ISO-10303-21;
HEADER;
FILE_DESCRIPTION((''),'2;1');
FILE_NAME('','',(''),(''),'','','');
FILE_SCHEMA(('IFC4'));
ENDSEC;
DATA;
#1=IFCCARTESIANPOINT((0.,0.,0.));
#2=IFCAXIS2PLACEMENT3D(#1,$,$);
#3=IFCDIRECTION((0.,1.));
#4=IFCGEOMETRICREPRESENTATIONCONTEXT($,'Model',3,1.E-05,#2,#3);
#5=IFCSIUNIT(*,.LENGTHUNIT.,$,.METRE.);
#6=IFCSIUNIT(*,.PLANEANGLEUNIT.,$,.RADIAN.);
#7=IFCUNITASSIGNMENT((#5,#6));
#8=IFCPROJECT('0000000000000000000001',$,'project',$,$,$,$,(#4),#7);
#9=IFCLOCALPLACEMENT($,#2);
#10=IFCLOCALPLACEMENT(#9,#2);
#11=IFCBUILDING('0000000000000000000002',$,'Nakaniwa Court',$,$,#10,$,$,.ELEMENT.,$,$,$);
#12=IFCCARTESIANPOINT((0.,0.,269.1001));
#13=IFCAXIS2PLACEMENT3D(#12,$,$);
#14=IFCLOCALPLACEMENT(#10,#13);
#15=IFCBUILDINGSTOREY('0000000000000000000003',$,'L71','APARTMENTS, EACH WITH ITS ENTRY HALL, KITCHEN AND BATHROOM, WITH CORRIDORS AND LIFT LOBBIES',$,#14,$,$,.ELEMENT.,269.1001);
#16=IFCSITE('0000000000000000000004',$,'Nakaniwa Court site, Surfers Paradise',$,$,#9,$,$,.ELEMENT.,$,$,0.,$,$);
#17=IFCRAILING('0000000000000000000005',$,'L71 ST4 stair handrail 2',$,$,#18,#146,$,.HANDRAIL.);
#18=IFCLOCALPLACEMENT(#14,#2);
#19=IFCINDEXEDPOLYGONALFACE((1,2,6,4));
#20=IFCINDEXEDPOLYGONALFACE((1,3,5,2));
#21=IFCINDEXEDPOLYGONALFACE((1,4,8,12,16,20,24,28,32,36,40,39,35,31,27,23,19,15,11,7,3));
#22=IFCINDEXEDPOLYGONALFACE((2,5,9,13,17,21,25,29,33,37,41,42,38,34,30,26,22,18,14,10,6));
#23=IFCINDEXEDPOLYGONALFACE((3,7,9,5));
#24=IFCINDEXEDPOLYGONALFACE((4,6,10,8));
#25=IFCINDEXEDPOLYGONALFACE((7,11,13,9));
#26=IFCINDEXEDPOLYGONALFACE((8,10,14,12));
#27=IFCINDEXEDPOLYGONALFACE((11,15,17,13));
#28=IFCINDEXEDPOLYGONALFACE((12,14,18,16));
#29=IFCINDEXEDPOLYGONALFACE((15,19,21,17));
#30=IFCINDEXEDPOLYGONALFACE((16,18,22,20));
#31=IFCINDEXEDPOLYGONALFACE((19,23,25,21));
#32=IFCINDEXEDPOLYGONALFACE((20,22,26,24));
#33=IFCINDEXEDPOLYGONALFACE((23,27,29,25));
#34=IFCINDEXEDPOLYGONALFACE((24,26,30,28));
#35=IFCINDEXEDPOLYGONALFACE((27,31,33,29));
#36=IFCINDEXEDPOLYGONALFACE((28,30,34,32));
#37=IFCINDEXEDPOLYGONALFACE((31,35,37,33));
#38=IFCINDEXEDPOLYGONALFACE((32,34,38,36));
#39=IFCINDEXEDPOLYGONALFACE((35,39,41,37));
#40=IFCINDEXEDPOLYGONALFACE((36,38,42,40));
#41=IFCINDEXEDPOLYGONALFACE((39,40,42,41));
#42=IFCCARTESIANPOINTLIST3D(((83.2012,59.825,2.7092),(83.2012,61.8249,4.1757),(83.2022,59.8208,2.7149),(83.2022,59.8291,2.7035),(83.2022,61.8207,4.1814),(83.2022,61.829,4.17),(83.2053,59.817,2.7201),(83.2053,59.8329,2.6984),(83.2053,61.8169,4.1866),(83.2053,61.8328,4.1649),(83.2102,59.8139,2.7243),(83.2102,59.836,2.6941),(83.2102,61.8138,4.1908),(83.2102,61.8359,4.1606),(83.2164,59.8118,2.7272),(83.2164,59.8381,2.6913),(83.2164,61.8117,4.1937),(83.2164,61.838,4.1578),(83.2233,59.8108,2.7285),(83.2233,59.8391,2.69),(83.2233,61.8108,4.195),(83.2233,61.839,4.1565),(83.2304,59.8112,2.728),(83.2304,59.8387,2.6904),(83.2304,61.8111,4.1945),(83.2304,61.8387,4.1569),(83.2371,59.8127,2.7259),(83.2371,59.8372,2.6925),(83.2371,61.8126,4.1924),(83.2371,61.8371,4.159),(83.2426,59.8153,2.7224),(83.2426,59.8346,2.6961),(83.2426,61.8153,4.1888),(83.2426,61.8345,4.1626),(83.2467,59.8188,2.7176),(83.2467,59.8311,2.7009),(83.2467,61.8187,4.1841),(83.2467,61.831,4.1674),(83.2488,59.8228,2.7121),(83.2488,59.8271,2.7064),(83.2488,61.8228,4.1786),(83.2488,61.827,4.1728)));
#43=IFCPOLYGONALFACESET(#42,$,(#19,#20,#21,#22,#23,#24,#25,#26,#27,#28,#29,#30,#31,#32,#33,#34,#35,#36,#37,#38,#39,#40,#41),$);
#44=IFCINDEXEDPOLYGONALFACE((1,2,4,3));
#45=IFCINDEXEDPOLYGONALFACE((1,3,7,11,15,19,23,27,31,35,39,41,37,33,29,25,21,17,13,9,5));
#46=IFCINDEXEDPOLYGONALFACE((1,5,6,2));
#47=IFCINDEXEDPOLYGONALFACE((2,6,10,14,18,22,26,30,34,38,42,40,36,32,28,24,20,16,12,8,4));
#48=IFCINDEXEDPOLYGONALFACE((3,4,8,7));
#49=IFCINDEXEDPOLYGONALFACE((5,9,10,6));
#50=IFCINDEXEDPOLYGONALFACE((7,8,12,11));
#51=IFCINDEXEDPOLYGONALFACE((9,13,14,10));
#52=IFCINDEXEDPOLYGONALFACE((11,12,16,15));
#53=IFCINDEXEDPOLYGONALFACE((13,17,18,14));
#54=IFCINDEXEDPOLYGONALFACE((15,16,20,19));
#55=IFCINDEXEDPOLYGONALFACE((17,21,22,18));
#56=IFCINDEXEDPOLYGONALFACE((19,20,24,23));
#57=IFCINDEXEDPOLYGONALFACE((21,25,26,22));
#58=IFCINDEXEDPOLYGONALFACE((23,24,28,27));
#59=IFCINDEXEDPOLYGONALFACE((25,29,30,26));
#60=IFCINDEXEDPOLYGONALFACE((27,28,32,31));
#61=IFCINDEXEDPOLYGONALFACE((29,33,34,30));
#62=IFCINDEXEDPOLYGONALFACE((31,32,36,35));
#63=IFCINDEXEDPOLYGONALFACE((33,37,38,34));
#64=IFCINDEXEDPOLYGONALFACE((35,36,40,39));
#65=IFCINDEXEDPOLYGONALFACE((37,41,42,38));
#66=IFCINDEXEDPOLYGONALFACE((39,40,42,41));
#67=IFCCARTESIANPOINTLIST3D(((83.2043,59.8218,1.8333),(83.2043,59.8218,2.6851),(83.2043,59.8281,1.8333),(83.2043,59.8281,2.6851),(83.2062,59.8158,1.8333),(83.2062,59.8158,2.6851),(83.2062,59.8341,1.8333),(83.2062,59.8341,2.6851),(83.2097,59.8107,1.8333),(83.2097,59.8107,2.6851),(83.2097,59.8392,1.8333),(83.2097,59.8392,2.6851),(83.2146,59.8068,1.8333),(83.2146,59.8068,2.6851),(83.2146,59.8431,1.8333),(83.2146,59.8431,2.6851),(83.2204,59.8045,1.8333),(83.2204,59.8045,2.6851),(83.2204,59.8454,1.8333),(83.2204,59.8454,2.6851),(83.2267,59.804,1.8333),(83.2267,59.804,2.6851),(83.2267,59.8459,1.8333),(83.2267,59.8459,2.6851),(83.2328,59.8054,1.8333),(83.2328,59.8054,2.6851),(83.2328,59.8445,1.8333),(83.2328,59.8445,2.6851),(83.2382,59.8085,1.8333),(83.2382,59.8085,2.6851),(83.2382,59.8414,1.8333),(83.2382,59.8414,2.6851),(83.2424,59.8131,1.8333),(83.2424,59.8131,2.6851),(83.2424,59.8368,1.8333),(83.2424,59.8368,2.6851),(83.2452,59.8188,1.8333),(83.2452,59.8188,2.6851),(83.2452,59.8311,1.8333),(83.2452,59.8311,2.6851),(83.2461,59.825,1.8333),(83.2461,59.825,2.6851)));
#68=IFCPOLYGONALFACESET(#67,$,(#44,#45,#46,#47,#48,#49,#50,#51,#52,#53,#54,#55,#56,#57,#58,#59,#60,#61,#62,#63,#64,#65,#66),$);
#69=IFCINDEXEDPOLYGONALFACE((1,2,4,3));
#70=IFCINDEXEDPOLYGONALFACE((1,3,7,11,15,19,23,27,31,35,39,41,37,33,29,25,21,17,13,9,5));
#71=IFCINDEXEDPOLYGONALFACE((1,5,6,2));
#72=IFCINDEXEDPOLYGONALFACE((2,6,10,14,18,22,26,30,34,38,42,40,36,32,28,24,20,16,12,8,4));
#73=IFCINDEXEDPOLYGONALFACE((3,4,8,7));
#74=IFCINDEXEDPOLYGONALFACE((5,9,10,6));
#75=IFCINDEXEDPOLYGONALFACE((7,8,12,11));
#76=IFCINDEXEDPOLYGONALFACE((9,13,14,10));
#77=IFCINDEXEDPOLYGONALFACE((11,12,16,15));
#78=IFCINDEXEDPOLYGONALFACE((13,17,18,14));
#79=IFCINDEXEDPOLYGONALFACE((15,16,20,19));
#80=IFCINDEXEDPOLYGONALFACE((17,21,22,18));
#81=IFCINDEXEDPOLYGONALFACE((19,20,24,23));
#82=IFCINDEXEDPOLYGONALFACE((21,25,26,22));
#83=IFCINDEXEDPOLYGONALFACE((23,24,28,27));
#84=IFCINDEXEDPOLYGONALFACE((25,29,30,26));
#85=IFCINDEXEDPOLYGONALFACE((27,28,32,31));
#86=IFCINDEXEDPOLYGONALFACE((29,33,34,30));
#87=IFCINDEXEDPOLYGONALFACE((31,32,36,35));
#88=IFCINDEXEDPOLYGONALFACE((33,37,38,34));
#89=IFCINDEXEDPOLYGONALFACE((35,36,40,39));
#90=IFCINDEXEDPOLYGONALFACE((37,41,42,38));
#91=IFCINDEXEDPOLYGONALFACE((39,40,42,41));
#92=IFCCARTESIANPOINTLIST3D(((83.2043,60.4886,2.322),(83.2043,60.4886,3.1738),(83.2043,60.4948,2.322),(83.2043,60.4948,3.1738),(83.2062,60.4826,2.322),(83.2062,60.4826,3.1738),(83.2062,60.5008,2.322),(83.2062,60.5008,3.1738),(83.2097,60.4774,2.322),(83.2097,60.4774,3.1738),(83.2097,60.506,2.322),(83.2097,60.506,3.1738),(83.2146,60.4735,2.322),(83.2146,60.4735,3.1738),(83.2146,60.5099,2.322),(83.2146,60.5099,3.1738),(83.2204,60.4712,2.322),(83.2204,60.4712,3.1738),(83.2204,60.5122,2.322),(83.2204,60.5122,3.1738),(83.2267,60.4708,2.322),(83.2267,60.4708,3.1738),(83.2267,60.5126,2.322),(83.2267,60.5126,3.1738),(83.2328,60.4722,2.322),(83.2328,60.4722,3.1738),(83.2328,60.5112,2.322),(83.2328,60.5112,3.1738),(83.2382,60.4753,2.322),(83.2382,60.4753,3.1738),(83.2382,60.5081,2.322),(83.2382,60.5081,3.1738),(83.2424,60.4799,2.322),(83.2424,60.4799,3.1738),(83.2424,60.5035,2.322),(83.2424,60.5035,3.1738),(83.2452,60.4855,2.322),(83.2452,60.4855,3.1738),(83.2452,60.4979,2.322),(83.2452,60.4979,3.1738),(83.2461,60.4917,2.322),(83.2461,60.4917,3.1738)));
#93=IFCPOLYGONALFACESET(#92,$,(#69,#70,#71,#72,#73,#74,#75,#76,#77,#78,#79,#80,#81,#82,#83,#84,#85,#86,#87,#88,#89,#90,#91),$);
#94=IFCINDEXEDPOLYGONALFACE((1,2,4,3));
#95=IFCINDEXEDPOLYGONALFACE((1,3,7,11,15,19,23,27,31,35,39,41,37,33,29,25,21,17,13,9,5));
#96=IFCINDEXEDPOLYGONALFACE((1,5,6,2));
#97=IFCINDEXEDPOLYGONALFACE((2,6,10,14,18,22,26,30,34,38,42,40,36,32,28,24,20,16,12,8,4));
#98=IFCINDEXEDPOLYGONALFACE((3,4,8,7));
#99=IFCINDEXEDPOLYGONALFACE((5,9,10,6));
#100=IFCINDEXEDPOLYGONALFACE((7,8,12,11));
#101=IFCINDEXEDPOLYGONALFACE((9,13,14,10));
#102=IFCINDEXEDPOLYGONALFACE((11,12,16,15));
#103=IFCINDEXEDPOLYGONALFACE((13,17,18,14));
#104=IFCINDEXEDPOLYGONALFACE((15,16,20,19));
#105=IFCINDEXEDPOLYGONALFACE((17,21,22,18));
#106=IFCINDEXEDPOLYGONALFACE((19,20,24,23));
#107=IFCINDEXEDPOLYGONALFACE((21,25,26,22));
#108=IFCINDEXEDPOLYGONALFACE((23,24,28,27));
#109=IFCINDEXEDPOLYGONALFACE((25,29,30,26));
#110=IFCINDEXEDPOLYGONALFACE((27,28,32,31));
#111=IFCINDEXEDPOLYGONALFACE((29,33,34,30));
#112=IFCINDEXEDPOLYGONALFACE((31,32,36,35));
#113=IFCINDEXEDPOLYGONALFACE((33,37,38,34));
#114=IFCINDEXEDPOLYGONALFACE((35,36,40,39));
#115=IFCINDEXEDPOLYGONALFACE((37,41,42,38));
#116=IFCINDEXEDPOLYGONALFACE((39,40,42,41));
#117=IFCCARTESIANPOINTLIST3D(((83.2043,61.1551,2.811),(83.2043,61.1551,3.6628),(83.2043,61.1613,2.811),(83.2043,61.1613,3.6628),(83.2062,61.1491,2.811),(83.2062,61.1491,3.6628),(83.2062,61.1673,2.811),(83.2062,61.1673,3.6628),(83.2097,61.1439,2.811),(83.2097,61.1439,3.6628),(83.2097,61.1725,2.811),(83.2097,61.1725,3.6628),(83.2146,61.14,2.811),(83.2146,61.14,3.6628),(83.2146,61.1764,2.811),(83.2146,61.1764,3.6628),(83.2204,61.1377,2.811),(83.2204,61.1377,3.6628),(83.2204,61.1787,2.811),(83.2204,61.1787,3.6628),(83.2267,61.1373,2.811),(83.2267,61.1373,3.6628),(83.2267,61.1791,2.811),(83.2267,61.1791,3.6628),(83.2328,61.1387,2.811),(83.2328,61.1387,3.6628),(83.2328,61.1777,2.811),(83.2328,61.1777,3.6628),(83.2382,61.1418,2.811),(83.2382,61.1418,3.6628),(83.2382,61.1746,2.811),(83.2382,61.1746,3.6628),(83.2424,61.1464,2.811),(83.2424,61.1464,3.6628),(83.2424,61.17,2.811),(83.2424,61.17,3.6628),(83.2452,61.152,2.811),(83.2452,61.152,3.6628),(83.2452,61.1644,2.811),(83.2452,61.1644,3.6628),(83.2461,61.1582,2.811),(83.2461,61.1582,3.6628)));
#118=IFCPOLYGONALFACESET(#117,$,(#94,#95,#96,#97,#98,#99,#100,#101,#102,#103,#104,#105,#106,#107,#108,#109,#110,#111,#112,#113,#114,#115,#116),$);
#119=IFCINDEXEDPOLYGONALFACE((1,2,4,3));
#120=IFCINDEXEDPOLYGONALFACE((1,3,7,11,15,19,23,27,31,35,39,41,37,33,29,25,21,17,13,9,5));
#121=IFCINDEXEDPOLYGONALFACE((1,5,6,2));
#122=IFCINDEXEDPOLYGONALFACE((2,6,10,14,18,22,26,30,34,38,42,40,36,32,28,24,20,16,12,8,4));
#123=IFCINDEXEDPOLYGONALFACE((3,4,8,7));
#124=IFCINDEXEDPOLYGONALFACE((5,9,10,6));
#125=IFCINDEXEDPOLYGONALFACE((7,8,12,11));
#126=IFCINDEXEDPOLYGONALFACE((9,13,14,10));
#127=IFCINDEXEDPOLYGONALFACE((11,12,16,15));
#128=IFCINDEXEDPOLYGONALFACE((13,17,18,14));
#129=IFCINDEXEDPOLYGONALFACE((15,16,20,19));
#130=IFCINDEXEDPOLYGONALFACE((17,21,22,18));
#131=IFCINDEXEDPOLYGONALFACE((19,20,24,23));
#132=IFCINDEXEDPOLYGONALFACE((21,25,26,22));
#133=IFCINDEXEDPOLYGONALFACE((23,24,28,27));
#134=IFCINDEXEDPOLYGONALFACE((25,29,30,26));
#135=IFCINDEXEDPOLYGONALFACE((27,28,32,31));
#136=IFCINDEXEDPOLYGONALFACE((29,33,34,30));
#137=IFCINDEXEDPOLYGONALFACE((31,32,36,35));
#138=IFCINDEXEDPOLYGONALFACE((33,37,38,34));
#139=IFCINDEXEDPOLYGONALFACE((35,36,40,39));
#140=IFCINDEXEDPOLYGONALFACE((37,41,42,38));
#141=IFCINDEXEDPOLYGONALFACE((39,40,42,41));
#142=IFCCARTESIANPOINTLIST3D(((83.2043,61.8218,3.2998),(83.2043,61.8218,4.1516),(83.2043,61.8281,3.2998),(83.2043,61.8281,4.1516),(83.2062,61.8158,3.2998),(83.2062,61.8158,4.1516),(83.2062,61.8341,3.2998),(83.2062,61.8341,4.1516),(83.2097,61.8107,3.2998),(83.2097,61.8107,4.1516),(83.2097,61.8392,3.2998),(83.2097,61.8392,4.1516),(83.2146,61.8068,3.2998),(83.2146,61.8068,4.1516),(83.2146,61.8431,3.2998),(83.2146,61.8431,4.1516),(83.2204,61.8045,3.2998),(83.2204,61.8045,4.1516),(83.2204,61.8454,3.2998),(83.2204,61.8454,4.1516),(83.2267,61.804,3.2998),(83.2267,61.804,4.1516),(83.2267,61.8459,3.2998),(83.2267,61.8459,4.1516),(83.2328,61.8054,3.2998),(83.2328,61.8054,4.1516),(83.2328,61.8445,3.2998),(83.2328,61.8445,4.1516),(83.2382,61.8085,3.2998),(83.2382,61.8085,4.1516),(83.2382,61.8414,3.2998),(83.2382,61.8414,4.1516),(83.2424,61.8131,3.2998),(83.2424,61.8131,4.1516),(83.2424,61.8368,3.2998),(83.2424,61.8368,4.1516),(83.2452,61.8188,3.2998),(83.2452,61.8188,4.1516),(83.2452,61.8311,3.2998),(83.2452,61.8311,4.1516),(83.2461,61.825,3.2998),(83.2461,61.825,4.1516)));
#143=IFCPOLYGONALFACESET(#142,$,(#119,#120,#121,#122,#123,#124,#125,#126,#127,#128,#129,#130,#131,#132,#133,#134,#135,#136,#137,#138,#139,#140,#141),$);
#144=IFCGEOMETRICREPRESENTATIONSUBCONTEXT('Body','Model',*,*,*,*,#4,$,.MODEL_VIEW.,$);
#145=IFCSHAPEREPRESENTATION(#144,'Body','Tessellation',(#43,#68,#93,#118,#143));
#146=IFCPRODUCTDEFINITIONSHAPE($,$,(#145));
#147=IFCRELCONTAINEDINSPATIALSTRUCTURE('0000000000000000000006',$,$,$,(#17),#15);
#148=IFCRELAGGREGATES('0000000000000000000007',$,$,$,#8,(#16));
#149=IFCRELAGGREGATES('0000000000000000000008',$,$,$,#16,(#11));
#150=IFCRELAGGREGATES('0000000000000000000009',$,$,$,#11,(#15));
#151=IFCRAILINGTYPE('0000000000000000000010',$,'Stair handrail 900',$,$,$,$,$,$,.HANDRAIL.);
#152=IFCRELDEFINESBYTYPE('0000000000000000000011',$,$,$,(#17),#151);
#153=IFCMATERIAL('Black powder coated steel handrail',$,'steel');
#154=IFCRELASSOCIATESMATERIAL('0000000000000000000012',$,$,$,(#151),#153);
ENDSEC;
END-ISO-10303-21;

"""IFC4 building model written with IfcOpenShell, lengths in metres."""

from ifc_helpers import new_model, si_unit, direction, frame, origin, origin_2d, place, context, subcontext, project, spatial, circle, extrude, material, type_object, element, save


model = new_model("IFC4")

# Units and contexts
model_context = context("Model", 3, precision=1e-05, world=origin(), true_north=direction((0.0, 1.0)))
body_context = subcontext(model_context, "Body", "Model", "MODEL_VIEW")
ifc_project = project(units=[si_unit("LENGTHUNIT", "METRE"), si_unit("PLANEANGLEUNIT", "RADIAN")], contexts=[model_context])

# Site, building, storey
site_placement = place(None, origin())
site = spatial("IfcSite", under=ifc_project, at=site_placement, Name="Nakaniwa Court site, Surfers Paradise", CompositionType="ELEMENT", RefElevation=0.0)
building_placement = place(site_placement, origin())
building = spatial("IfcBuilding", under=site, at=building_placement, Name="Nakaniwa Court", CompositionType="ELEMENT")
storey_placement = place(building_placement, frame((0.0, 0.0, 269.1001)))
storey = spatial("IfcBuildingStorey", under=building, at=storey_placement, Name="L71", Description="APARTMENTS, EACH WITH ITS ENTRY HALL, KITCHEN AND BATHROOM, WITH CORRIDORS AND LIFT LOBBIES", CompositionType="ELEMENT", Elevation=269.1001)

# Railing
ifc_material_1 = material(Name="Black powder coated steel handrail", Category="steel")
railing_type_1 = type_object("IfcRailingType", Name="Stair handrail 900", PredefinedType="HANDRAIL", material=ifc_material_1)
railing_1_placement = place(storey_placement, frame((83.2251, 59.825, 1.8333)))
element("IfcRailing", 1, at=railing_1_placement, inside=storey, type_object=railing_type_1, Name="L71 ST4 stair handrail 2", PredefinedType="HANDRAIL", context=body_context, shape_type="SweptSolid", body=[
    extrude(circle(Radius=0.0239, at=origin_2d()), frame((0.0, 0.0, 0.876), z_axis=(0.0, 0.806427, 0.591334), x_axis=(-1.0, 0.0, 0.0)), (0.0, 0.0, 1.0), 2.48),
    extrude(circle(Radius=0.021, at=origin_2d()), origin(), (0.0, 0.0, 1.0), 0.8518),
    extrude(circle(Radius=0.021, at=origin_2d()), frame((0.0, 0.6667, 0.4888)), (0.0, 0.0, 1.0), 0.8518),
    extrude(circle(Radius=0.021, at=origin_2d()), frame((0.0, 1.3333, 0.9778)), (0.0, 0.0, 1.0), 0.8518),
    extrude(circle(Radius=0.021, at=origin_2d()), frame((0.0, 2.0, 1.4666)), (0.0, 0.0, 1.0), 0.8518),
])

save(model, "model.ifc")
